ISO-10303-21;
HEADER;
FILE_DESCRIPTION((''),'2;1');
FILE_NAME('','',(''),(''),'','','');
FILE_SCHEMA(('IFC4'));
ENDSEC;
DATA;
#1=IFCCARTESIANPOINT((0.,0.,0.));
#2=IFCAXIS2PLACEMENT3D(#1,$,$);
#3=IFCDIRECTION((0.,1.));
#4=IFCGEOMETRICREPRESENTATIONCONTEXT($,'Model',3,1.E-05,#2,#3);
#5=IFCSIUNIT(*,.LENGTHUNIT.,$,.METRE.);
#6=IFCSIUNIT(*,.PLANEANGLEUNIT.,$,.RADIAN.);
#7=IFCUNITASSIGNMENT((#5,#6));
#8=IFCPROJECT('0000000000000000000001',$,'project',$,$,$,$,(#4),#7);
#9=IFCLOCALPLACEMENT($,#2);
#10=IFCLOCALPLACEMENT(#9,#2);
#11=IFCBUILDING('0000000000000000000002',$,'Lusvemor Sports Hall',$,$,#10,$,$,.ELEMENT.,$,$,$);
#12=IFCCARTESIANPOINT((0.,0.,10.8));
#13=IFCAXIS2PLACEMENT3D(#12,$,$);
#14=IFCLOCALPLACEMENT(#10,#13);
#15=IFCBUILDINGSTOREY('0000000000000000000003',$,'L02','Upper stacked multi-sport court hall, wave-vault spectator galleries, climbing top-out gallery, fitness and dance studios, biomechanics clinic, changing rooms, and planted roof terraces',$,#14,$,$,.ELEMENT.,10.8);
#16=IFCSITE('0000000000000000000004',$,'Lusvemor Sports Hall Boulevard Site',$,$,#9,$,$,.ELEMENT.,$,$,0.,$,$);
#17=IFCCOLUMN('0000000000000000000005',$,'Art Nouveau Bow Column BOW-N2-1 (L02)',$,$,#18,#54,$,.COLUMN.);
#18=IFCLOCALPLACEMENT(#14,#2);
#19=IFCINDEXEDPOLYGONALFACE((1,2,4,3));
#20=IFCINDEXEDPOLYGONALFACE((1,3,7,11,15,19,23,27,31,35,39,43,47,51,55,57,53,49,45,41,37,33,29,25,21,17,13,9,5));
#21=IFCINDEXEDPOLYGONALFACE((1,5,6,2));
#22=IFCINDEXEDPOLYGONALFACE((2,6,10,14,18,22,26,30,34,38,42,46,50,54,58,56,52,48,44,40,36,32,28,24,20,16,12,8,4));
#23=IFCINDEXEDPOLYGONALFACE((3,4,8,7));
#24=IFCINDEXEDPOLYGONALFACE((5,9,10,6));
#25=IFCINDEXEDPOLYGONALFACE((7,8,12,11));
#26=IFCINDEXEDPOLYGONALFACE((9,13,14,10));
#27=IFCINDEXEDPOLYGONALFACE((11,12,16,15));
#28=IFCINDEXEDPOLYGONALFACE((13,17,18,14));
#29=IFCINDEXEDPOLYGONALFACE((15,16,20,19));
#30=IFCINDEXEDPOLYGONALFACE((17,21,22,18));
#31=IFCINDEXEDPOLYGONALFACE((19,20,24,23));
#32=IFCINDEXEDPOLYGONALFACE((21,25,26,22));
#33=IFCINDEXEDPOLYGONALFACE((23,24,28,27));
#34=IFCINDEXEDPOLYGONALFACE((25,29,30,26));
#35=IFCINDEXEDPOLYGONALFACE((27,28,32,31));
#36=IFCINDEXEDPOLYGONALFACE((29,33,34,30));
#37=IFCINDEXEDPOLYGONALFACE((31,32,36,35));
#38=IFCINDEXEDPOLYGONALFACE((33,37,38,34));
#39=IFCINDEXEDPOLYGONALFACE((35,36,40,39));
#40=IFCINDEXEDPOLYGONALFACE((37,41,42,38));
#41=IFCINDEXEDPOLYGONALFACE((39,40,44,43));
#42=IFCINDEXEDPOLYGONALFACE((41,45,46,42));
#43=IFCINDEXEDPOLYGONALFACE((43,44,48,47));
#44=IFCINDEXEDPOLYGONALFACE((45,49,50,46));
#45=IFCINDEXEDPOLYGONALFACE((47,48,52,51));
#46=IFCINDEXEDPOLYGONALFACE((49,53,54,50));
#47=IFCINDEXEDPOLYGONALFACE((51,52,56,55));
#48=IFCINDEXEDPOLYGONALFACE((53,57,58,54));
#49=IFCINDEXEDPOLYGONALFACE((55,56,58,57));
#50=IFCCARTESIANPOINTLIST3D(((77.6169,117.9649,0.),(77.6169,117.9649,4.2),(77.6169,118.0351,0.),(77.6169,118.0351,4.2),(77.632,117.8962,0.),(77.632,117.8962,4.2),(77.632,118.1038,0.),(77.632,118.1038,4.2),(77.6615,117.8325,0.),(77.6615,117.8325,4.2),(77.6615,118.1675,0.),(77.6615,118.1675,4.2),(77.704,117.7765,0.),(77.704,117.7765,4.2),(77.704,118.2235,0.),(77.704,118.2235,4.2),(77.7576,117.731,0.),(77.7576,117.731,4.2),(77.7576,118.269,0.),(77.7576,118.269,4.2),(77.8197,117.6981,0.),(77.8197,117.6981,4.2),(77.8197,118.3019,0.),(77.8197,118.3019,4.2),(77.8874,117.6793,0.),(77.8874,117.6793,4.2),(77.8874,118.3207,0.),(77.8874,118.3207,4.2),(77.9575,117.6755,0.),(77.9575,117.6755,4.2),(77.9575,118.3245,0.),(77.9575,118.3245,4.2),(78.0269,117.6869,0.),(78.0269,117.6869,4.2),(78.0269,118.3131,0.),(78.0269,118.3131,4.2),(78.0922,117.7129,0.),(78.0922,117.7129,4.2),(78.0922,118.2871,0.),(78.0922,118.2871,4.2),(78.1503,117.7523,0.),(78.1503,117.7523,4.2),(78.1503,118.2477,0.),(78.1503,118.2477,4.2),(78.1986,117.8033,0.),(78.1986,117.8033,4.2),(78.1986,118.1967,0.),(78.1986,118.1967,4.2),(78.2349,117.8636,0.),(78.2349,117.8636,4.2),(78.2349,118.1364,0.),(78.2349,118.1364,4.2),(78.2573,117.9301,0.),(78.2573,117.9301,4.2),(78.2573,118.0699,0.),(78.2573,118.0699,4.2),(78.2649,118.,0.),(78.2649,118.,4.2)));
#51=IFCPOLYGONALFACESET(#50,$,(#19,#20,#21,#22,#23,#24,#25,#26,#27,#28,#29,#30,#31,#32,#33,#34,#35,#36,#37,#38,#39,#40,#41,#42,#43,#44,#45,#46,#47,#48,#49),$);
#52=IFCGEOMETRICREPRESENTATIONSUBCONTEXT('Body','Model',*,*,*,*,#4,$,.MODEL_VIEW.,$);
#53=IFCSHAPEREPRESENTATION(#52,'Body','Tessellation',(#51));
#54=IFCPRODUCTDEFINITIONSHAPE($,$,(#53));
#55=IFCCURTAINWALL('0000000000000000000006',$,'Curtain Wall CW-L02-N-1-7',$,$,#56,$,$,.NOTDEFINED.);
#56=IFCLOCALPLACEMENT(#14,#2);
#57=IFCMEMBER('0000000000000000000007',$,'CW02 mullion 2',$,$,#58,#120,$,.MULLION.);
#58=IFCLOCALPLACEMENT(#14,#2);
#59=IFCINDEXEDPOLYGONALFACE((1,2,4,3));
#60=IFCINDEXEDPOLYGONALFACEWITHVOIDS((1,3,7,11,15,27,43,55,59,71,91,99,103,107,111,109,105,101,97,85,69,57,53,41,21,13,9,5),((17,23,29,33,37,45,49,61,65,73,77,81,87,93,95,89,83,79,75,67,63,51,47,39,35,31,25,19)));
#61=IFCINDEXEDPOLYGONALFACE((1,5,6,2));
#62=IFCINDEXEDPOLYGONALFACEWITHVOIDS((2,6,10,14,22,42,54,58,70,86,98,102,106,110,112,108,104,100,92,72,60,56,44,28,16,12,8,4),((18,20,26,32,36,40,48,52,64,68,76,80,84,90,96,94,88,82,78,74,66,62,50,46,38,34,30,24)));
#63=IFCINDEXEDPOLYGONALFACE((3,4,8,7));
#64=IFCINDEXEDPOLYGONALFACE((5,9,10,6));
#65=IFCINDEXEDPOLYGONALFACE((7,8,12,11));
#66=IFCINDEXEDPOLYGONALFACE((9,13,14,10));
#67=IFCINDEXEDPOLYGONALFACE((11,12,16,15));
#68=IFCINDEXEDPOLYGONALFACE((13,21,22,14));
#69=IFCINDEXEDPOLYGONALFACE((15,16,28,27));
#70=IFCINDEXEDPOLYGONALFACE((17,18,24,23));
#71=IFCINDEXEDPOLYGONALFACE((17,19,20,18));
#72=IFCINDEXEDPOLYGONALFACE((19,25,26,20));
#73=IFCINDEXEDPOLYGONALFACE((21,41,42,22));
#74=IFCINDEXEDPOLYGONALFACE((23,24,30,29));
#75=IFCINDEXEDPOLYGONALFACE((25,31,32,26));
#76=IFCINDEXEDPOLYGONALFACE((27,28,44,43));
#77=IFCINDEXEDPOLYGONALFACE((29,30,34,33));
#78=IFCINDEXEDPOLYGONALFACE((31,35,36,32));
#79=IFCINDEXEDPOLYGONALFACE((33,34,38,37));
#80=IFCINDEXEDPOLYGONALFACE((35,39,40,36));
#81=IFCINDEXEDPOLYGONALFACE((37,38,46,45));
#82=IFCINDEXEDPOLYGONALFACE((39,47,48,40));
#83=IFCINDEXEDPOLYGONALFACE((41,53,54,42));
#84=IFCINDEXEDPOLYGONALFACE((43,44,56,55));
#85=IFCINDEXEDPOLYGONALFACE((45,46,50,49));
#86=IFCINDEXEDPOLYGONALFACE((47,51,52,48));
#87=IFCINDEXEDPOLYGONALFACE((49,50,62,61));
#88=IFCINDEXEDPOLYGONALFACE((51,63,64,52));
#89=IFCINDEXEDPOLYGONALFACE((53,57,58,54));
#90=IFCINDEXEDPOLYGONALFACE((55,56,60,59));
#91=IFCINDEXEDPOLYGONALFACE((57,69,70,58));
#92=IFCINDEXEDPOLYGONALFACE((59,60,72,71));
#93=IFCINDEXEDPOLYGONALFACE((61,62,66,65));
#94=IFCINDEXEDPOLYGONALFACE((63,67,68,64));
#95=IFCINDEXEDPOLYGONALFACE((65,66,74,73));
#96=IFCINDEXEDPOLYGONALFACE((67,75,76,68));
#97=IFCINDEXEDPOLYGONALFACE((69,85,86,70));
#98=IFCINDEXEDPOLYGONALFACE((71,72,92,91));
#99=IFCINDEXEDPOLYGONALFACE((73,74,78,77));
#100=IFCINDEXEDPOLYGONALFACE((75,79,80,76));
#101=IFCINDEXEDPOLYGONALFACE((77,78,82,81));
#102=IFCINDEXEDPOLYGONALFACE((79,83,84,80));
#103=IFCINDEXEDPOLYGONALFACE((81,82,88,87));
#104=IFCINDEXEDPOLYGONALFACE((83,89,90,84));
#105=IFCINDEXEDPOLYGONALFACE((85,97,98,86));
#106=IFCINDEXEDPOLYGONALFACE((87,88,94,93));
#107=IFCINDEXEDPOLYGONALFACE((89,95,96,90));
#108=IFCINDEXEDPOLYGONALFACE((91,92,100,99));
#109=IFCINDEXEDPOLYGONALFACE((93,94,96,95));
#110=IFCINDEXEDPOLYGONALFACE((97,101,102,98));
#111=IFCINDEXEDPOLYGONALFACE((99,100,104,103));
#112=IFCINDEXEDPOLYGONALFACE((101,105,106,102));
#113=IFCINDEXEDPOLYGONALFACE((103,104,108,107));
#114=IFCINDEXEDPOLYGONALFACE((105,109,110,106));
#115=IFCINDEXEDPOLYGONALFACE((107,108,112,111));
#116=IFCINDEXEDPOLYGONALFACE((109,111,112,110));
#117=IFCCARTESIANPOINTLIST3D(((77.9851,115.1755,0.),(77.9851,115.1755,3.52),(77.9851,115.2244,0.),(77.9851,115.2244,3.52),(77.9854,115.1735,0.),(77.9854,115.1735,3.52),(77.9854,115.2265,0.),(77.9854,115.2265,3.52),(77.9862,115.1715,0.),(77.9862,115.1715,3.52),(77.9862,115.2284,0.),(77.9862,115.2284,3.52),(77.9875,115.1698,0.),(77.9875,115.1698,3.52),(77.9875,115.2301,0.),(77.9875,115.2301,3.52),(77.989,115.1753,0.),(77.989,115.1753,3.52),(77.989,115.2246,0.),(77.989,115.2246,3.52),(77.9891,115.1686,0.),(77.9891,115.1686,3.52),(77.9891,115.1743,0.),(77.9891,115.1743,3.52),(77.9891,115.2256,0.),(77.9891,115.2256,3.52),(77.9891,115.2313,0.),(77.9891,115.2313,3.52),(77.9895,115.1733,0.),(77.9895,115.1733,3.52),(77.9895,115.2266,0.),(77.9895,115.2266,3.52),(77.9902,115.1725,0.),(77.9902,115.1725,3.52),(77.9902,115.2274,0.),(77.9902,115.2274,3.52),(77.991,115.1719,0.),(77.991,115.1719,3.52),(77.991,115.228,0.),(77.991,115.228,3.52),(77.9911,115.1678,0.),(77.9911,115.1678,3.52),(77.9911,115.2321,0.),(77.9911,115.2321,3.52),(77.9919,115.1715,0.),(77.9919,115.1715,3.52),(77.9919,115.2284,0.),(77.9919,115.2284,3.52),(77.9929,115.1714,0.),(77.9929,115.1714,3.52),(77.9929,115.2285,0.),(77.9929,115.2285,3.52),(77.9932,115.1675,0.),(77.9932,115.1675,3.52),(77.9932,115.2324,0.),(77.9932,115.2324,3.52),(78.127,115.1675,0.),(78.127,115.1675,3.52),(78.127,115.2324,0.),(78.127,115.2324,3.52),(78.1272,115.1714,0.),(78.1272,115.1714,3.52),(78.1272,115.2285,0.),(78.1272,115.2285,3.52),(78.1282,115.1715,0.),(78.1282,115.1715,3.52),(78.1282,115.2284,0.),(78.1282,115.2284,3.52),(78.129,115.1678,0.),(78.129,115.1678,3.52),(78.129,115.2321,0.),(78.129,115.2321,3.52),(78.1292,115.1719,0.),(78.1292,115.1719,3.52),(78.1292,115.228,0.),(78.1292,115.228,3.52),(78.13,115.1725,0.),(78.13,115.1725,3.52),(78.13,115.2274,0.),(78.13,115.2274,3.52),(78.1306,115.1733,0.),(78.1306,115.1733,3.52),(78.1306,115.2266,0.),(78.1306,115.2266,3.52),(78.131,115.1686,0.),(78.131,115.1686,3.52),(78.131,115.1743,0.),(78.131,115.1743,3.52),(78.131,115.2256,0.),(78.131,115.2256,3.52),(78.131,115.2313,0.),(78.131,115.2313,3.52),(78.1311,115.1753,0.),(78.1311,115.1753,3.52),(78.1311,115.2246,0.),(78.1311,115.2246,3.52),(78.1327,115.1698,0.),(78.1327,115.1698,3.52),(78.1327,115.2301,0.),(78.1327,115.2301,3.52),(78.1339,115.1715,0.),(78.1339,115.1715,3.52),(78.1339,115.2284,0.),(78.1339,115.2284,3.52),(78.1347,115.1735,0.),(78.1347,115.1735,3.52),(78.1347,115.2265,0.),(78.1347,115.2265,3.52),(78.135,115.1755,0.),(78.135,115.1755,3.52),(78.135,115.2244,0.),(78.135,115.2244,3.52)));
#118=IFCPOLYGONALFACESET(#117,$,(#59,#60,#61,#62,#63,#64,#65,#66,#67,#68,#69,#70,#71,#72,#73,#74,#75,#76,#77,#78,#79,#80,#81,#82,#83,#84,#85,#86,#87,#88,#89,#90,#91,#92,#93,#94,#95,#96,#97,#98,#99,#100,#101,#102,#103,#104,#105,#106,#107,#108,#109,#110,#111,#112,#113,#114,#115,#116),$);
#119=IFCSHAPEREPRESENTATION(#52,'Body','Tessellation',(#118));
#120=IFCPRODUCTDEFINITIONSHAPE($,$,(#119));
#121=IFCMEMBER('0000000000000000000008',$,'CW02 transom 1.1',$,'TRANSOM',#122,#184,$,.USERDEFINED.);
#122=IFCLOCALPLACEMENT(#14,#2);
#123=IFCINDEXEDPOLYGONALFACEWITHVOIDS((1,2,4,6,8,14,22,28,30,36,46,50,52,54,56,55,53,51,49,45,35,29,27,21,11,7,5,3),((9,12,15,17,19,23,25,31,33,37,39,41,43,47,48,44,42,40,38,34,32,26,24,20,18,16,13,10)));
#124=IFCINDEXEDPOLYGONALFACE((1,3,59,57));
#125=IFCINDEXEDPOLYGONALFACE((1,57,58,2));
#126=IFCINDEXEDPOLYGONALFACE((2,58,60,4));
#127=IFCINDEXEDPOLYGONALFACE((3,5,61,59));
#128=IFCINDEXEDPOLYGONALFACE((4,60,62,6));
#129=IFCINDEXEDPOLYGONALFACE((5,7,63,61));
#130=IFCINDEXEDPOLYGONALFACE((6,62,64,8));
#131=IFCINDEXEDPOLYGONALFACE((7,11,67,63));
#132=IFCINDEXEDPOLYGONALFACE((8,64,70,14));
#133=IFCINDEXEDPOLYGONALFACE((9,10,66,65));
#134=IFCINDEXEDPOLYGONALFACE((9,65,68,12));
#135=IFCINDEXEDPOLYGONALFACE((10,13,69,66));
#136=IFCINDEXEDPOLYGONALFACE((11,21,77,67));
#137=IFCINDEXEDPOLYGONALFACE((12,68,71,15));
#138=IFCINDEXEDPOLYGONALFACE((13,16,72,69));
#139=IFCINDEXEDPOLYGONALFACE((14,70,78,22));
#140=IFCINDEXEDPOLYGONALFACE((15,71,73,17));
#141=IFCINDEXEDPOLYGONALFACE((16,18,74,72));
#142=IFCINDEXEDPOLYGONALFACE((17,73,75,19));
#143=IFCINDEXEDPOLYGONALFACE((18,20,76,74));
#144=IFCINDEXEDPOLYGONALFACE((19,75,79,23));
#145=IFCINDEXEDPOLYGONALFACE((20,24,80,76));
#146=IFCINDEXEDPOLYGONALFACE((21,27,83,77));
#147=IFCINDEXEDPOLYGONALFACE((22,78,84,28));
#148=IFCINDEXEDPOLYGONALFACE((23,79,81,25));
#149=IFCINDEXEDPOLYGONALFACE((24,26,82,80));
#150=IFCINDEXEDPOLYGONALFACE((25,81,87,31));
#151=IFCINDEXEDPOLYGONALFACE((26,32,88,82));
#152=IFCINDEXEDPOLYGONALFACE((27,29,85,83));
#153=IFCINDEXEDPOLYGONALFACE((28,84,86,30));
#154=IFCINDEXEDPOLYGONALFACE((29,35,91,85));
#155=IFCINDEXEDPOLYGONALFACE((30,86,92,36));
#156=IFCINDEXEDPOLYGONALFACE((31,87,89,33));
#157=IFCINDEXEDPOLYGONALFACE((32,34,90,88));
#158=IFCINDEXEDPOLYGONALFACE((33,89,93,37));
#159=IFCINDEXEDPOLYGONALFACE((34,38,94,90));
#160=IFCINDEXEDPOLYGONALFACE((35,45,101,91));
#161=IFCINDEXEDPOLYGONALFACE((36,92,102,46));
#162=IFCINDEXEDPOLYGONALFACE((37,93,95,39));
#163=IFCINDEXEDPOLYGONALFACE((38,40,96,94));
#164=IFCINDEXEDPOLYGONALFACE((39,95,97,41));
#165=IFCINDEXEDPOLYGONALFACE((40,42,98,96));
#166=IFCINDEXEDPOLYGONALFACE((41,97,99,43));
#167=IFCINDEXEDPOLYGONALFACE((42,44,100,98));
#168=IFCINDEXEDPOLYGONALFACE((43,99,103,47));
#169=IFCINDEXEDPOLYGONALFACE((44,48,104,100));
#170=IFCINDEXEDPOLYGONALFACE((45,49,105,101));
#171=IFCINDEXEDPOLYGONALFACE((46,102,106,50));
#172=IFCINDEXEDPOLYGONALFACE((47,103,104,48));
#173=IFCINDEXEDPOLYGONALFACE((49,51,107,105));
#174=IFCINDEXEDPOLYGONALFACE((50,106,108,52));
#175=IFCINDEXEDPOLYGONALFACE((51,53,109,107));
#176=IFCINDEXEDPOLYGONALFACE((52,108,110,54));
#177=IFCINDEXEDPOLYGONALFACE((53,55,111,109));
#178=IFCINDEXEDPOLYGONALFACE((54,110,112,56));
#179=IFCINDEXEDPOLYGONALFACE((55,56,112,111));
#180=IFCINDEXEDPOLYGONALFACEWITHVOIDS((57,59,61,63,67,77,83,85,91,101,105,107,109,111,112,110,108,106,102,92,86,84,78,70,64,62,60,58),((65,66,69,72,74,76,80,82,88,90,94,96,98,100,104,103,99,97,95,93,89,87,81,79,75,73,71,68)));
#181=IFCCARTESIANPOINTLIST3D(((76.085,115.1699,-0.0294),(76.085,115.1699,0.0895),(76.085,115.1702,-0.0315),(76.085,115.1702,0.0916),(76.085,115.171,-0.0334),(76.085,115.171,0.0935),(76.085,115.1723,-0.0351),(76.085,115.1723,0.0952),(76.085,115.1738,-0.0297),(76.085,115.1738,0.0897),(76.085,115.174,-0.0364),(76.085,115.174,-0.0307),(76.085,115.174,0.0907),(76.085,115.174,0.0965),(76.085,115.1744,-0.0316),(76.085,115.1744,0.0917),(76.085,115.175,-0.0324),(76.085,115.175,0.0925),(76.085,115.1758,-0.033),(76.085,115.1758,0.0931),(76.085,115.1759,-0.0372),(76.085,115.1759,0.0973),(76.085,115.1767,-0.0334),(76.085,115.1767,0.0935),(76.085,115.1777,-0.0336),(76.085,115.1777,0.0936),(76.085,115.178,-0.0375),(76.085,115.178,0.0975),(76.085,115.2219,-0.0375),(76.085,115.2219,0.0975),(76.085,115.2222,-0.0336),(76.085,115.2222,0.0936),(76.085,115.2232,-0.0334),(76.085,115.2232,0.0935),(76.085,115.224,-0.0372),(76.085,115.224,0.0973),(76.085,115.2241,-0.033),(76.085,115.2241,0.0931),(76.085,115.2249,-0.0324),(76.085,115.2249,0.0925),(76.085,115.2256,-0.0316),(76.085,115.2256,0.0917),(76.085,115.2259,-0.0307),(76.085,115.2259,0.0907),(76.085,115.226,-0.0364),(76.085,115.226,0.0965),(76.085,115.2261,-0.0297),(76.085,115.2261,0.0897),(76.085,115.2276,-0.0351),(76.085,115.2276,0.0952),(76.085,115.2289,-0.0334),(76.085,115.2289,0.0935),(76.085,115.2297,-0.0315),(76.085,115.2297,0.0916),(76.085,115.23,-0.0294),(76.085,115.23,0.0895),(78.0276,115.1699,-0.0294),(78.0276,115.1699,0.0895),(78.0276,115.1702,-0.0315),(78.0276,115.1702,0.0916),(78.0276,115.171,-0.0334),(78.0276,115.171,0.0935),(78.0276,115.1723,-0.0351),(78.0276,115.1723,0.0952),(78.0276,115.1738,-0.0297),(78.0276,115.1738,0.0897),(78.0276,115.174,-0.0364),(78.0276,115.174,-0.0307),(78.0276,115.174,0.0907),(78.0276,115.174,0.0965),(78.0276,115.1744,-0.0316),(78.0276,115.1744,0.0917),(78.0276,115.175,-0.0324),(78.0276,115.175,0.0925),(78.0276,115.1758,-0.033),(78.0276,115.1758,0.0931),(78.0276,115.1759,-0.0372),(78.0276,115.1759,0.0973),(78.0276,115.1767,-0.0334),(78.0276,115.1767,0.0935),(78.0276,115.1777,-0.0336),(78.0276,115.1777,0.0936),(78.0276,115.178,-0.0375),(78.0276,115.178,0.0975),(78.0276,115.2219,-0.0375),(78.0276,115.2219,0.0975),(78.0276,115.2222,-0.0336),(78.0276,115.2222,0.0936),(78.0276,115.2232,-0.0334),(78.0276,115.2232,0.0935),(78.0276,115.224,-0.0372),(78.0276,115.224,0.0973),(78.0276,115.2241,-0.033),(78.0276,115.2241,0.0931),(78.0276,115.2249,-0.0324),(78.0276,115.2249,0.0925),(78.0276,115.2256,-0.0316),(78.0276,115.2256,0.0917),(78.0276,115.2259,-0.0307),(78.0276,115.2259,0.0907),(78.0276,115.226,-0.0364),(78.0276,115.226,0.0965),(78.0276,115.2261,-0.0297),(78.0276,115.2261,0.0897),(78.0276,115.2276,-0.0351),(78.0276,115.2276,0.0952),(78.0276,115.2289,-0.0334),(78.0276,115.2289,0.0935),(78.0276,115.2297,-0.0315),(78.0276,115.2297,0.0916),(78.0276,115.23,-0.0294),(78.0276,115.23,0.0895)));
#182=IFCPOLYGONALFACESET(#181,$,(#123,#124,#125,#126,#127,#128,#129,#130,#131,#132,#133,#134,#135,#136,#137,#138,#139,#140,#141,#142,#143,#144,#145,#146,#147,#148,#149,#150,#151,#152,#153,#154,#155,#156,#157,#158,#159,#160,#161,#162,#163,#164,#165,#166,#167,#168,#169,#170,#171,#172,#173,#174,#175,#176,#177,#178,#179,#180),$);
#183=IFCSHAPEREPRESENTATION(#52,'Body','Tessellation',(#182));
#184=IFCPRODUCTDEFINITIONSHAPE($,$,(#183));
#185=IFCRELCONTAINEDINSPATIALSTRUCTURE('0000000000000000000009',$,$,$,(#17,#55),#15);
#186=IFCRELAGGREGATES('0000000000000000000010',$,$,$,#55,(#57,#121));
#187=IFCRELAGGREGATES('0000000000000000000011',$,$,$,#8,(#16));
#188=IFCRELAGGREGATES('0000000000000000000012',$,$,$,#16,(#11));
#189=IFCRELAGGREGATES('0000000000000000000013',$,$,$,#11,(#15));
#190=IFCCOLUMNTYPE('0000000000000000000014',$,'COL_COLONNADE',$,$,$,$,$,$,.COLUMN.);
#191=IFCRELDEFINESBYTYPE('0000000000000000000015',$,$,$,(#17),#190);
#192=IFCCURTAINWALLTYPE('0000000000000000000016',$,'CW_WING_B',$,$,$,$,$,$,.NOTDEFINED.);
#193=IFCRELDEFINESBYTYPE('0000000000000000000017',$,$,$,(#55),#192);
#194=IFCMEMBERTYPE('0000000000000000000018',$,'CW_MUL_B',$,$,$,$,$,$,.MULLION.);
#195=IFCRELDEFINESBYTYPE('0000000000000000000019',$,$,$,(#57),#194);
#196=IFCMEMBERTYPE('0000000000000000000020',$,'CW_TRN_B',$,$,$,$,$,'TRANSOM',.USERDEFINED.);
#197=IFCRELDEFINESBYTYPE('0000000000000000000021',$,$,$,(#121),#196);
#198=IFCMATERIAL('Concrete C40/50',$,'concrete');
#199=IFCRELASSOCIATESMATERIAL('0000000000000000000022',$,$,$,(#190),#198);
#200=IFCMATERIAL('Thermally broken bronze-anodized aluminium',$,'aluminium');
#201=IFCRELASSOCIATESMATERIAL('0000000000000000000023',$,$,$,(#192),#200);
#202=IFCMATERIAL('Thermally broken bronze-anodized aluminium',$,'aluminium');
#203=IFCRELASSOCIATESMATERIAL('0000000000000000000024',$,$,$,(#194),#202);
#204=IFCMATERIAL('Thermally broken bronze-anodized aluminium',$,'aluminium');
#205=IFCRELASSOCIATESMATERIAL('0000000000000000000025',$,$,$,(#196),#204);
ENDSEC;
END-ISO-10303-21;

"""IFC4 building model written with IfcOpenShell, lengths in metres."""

from ifc_helpers import new_model, si_unit, direction, frame, origin, origin_2d, place, context, subcontext, project, spatial, hollow_rectangle, circle, extrude, material, material_profile, profile_set, type_object, element, aggregate, save


model = new_model("IFC4")

# Units and contexts
model_context = context("Model", 3, precision=1e-05, world=origin(), true_north=direction((0.0, 1.0)))
body_context = subcontext(model_context, "Body", "Model", "MODEL_VIEW")
ifc_project = project(units=[si_unit("LENGTHUNIT", "METRE"), si_unit("PLANEANGLEUNIT", "RADIAN")], contexts=[model_context])

# Site, building, storey
site_placement = place(None, origin())
site = spatial("IfcSite", under=ifc_project, at=site_placement, Name="Lusvemor Sports Hall Boulevard Site", CompositionType="ELEMENT", RefElevation=0.0)
building_placement = place(site_placement, origin())
building = spatial("IfcBuilding", under=site, at=building_placement, Name="Lusvemor Sports Hall", CompositionType="ELEMENT")
storey_placement = place(building_placement, frame((0.0, 0.0, 10.8)))
storey = spatial("IfcBuildingStorey", under=building, at=storey_placement, Name="L02", Description="Upper stacked multi-sport court hall, wave-vault spectator galleries, climbing top-out gallery, fitness and dance studios, biomechanics clinic, changing rooms, and planted roof terraces", CompositionType="ELEMENT", Elevation=10.8)

# Column
ifc_material_1 = material(Name="Concrete C40/50", Category="concrete")
ifc_material_profile_1 = material_profile(ifc_material_1, circle(Radius=0.325, at=origin_2d()), Name="RCCIRC650")
ifc_profile_set_1 = profile_set([ifc_material_profile_1], Name="Concrete C40/50")
column_type = type_object("IfcColumnType", Name="COL_COLONNADE", PredefinedType="COLUMN", material=ifc_profile_set_1)
column_placement = place(storey_placement, frame((77.9399, 118.0, 0.0), z_axis=(0.0, 0.0, 1.0), x_axis=(1.0, 0.0, 0.0)))
element("IfcColumn", 1, at=column_placement, inside=storey, type_object=column_type, Name="Art Nouveau Bow Column BOW-N2-1 (L02)", PredefinedType="COLUMN", context=body_context, shape_type="SweptSolid", body=[
    extrude(circle(Radius=0.325, at=origin_2d()), origin(), (0.0, 0.0, 1.0), 4.2),
])

# Curtain wall, members
ifc_material_2 = material(Name="Thermally broken bronze-anodized aluminium", Category="aluminium")
curtain_wall_type = type_object("IfcCurtainWallType", Name="CW_WING_B", PredefinedType="NOTDEFINED", material=ifc_material_2)
curtain_wall_placement = place(storey_placement, origin())
curtain_wall = element("IfcCurtainWall", 2, at=curtain_wall_placement, inside=storey, type_object=curtain_wall_type, Name="Curtain Wall CW-L02-N-1-7", PredefinedType="NOTDEFINED")
ifc_material_3 = material(Name="Thermally broken bronze-anodized aluminium", Category="aluminium")
ifc_material_profile_2 = material_profile(ifc_material_3, hollow_rectangle(XDim=0.0649, YDim=0.1499, WallThickness=0.0039, InnerFilletRadius=0.0039, OuterFilletRadius=0.0081, at=origin_2d()), Name="CWMUL150x65x4")
ifc_profile_set_2 = profile_set([ifc_material_profile_2], Name="Thermally broken bronze-anodized aluminium")
member_type_1 = type_object("IfcMemberType", Name="CW_MUL_B", PredefinedType="MULLION", material=ifc_profile_set_2)
member_1_placement = place(storey_placement, frame((78.0601, 115.2, 0.0), z_axis=(0.0, 0.0, 1.0), x_axis=(0.0, 1.0, 0.0)))
member_1 = element("IfcMember", 3, at=member_1_placement, type_object=member_type_1, Name="CW02 mullion 2", PredefinedType="MULLION", context=body_context, shape_type="SweptSolid", body=[
    extrude(hollow_rectangle(XDim=0.0649, YDim=0.1499, WallThickness=0.0039, InnerFilletRadius=0.0039, OuterFilletRadius=0.0081, at=origin_2d()), origin(), (0.0, 0.0, 1.0), 3.52),
])
ifc_material_4 = material(Name="Thermally broken bronze-anodized aluminium", Category="aluminium")
ifc_material_profile_3 = material_profile(ifc_material_4, hollow_rectangle(XDim=0.0601, YDim=0.135, WallThickness=0.0039, InnerFilletRadius=0.0039, OuterFilletRadius=0.0081, at=origin_2d()), Name="CWTRN135x60x4")
ifc_profile_set_3 = profile_set([ifc_material_profile_3], Name="Thermally broken bronze-anodized aluminium")
member_type_2 = type_object("IfcMemberType", Name="CW_TRN_B", ElementType="TRANSOM", PredefinedType="USERDEFINED", material=ifc_profile_set_3)
member_2_placement = place(storey_placement, frame((76.085, 115.2, 0.03), z_axis=(1.0, 0.0, 0.0), x_axis=(0.0, 1.0, 0.0)))
member_2 = element("IfcMember", 4, at=member_2_placement, type_object=member_type_2, Name="CW02 transom 1.1", ObjectType="TRANSOM", PredefinedType="USERDEFINED", context=body_context, shape_type="SweptSolid", body=[
    extrude(hollow_rectangle(XDim=0.0601, YDim=0.135, WallThickness=0.0039, InnerFilletRadius=0.0039, OuterFilletRadius=0.0081, at=origin_2d()), origin(), (0.0, 0.0, 1.0), 1.9426),
])

aggregate(curtain_wall, [member_1, member_2])

save(model, "model.ifc")
